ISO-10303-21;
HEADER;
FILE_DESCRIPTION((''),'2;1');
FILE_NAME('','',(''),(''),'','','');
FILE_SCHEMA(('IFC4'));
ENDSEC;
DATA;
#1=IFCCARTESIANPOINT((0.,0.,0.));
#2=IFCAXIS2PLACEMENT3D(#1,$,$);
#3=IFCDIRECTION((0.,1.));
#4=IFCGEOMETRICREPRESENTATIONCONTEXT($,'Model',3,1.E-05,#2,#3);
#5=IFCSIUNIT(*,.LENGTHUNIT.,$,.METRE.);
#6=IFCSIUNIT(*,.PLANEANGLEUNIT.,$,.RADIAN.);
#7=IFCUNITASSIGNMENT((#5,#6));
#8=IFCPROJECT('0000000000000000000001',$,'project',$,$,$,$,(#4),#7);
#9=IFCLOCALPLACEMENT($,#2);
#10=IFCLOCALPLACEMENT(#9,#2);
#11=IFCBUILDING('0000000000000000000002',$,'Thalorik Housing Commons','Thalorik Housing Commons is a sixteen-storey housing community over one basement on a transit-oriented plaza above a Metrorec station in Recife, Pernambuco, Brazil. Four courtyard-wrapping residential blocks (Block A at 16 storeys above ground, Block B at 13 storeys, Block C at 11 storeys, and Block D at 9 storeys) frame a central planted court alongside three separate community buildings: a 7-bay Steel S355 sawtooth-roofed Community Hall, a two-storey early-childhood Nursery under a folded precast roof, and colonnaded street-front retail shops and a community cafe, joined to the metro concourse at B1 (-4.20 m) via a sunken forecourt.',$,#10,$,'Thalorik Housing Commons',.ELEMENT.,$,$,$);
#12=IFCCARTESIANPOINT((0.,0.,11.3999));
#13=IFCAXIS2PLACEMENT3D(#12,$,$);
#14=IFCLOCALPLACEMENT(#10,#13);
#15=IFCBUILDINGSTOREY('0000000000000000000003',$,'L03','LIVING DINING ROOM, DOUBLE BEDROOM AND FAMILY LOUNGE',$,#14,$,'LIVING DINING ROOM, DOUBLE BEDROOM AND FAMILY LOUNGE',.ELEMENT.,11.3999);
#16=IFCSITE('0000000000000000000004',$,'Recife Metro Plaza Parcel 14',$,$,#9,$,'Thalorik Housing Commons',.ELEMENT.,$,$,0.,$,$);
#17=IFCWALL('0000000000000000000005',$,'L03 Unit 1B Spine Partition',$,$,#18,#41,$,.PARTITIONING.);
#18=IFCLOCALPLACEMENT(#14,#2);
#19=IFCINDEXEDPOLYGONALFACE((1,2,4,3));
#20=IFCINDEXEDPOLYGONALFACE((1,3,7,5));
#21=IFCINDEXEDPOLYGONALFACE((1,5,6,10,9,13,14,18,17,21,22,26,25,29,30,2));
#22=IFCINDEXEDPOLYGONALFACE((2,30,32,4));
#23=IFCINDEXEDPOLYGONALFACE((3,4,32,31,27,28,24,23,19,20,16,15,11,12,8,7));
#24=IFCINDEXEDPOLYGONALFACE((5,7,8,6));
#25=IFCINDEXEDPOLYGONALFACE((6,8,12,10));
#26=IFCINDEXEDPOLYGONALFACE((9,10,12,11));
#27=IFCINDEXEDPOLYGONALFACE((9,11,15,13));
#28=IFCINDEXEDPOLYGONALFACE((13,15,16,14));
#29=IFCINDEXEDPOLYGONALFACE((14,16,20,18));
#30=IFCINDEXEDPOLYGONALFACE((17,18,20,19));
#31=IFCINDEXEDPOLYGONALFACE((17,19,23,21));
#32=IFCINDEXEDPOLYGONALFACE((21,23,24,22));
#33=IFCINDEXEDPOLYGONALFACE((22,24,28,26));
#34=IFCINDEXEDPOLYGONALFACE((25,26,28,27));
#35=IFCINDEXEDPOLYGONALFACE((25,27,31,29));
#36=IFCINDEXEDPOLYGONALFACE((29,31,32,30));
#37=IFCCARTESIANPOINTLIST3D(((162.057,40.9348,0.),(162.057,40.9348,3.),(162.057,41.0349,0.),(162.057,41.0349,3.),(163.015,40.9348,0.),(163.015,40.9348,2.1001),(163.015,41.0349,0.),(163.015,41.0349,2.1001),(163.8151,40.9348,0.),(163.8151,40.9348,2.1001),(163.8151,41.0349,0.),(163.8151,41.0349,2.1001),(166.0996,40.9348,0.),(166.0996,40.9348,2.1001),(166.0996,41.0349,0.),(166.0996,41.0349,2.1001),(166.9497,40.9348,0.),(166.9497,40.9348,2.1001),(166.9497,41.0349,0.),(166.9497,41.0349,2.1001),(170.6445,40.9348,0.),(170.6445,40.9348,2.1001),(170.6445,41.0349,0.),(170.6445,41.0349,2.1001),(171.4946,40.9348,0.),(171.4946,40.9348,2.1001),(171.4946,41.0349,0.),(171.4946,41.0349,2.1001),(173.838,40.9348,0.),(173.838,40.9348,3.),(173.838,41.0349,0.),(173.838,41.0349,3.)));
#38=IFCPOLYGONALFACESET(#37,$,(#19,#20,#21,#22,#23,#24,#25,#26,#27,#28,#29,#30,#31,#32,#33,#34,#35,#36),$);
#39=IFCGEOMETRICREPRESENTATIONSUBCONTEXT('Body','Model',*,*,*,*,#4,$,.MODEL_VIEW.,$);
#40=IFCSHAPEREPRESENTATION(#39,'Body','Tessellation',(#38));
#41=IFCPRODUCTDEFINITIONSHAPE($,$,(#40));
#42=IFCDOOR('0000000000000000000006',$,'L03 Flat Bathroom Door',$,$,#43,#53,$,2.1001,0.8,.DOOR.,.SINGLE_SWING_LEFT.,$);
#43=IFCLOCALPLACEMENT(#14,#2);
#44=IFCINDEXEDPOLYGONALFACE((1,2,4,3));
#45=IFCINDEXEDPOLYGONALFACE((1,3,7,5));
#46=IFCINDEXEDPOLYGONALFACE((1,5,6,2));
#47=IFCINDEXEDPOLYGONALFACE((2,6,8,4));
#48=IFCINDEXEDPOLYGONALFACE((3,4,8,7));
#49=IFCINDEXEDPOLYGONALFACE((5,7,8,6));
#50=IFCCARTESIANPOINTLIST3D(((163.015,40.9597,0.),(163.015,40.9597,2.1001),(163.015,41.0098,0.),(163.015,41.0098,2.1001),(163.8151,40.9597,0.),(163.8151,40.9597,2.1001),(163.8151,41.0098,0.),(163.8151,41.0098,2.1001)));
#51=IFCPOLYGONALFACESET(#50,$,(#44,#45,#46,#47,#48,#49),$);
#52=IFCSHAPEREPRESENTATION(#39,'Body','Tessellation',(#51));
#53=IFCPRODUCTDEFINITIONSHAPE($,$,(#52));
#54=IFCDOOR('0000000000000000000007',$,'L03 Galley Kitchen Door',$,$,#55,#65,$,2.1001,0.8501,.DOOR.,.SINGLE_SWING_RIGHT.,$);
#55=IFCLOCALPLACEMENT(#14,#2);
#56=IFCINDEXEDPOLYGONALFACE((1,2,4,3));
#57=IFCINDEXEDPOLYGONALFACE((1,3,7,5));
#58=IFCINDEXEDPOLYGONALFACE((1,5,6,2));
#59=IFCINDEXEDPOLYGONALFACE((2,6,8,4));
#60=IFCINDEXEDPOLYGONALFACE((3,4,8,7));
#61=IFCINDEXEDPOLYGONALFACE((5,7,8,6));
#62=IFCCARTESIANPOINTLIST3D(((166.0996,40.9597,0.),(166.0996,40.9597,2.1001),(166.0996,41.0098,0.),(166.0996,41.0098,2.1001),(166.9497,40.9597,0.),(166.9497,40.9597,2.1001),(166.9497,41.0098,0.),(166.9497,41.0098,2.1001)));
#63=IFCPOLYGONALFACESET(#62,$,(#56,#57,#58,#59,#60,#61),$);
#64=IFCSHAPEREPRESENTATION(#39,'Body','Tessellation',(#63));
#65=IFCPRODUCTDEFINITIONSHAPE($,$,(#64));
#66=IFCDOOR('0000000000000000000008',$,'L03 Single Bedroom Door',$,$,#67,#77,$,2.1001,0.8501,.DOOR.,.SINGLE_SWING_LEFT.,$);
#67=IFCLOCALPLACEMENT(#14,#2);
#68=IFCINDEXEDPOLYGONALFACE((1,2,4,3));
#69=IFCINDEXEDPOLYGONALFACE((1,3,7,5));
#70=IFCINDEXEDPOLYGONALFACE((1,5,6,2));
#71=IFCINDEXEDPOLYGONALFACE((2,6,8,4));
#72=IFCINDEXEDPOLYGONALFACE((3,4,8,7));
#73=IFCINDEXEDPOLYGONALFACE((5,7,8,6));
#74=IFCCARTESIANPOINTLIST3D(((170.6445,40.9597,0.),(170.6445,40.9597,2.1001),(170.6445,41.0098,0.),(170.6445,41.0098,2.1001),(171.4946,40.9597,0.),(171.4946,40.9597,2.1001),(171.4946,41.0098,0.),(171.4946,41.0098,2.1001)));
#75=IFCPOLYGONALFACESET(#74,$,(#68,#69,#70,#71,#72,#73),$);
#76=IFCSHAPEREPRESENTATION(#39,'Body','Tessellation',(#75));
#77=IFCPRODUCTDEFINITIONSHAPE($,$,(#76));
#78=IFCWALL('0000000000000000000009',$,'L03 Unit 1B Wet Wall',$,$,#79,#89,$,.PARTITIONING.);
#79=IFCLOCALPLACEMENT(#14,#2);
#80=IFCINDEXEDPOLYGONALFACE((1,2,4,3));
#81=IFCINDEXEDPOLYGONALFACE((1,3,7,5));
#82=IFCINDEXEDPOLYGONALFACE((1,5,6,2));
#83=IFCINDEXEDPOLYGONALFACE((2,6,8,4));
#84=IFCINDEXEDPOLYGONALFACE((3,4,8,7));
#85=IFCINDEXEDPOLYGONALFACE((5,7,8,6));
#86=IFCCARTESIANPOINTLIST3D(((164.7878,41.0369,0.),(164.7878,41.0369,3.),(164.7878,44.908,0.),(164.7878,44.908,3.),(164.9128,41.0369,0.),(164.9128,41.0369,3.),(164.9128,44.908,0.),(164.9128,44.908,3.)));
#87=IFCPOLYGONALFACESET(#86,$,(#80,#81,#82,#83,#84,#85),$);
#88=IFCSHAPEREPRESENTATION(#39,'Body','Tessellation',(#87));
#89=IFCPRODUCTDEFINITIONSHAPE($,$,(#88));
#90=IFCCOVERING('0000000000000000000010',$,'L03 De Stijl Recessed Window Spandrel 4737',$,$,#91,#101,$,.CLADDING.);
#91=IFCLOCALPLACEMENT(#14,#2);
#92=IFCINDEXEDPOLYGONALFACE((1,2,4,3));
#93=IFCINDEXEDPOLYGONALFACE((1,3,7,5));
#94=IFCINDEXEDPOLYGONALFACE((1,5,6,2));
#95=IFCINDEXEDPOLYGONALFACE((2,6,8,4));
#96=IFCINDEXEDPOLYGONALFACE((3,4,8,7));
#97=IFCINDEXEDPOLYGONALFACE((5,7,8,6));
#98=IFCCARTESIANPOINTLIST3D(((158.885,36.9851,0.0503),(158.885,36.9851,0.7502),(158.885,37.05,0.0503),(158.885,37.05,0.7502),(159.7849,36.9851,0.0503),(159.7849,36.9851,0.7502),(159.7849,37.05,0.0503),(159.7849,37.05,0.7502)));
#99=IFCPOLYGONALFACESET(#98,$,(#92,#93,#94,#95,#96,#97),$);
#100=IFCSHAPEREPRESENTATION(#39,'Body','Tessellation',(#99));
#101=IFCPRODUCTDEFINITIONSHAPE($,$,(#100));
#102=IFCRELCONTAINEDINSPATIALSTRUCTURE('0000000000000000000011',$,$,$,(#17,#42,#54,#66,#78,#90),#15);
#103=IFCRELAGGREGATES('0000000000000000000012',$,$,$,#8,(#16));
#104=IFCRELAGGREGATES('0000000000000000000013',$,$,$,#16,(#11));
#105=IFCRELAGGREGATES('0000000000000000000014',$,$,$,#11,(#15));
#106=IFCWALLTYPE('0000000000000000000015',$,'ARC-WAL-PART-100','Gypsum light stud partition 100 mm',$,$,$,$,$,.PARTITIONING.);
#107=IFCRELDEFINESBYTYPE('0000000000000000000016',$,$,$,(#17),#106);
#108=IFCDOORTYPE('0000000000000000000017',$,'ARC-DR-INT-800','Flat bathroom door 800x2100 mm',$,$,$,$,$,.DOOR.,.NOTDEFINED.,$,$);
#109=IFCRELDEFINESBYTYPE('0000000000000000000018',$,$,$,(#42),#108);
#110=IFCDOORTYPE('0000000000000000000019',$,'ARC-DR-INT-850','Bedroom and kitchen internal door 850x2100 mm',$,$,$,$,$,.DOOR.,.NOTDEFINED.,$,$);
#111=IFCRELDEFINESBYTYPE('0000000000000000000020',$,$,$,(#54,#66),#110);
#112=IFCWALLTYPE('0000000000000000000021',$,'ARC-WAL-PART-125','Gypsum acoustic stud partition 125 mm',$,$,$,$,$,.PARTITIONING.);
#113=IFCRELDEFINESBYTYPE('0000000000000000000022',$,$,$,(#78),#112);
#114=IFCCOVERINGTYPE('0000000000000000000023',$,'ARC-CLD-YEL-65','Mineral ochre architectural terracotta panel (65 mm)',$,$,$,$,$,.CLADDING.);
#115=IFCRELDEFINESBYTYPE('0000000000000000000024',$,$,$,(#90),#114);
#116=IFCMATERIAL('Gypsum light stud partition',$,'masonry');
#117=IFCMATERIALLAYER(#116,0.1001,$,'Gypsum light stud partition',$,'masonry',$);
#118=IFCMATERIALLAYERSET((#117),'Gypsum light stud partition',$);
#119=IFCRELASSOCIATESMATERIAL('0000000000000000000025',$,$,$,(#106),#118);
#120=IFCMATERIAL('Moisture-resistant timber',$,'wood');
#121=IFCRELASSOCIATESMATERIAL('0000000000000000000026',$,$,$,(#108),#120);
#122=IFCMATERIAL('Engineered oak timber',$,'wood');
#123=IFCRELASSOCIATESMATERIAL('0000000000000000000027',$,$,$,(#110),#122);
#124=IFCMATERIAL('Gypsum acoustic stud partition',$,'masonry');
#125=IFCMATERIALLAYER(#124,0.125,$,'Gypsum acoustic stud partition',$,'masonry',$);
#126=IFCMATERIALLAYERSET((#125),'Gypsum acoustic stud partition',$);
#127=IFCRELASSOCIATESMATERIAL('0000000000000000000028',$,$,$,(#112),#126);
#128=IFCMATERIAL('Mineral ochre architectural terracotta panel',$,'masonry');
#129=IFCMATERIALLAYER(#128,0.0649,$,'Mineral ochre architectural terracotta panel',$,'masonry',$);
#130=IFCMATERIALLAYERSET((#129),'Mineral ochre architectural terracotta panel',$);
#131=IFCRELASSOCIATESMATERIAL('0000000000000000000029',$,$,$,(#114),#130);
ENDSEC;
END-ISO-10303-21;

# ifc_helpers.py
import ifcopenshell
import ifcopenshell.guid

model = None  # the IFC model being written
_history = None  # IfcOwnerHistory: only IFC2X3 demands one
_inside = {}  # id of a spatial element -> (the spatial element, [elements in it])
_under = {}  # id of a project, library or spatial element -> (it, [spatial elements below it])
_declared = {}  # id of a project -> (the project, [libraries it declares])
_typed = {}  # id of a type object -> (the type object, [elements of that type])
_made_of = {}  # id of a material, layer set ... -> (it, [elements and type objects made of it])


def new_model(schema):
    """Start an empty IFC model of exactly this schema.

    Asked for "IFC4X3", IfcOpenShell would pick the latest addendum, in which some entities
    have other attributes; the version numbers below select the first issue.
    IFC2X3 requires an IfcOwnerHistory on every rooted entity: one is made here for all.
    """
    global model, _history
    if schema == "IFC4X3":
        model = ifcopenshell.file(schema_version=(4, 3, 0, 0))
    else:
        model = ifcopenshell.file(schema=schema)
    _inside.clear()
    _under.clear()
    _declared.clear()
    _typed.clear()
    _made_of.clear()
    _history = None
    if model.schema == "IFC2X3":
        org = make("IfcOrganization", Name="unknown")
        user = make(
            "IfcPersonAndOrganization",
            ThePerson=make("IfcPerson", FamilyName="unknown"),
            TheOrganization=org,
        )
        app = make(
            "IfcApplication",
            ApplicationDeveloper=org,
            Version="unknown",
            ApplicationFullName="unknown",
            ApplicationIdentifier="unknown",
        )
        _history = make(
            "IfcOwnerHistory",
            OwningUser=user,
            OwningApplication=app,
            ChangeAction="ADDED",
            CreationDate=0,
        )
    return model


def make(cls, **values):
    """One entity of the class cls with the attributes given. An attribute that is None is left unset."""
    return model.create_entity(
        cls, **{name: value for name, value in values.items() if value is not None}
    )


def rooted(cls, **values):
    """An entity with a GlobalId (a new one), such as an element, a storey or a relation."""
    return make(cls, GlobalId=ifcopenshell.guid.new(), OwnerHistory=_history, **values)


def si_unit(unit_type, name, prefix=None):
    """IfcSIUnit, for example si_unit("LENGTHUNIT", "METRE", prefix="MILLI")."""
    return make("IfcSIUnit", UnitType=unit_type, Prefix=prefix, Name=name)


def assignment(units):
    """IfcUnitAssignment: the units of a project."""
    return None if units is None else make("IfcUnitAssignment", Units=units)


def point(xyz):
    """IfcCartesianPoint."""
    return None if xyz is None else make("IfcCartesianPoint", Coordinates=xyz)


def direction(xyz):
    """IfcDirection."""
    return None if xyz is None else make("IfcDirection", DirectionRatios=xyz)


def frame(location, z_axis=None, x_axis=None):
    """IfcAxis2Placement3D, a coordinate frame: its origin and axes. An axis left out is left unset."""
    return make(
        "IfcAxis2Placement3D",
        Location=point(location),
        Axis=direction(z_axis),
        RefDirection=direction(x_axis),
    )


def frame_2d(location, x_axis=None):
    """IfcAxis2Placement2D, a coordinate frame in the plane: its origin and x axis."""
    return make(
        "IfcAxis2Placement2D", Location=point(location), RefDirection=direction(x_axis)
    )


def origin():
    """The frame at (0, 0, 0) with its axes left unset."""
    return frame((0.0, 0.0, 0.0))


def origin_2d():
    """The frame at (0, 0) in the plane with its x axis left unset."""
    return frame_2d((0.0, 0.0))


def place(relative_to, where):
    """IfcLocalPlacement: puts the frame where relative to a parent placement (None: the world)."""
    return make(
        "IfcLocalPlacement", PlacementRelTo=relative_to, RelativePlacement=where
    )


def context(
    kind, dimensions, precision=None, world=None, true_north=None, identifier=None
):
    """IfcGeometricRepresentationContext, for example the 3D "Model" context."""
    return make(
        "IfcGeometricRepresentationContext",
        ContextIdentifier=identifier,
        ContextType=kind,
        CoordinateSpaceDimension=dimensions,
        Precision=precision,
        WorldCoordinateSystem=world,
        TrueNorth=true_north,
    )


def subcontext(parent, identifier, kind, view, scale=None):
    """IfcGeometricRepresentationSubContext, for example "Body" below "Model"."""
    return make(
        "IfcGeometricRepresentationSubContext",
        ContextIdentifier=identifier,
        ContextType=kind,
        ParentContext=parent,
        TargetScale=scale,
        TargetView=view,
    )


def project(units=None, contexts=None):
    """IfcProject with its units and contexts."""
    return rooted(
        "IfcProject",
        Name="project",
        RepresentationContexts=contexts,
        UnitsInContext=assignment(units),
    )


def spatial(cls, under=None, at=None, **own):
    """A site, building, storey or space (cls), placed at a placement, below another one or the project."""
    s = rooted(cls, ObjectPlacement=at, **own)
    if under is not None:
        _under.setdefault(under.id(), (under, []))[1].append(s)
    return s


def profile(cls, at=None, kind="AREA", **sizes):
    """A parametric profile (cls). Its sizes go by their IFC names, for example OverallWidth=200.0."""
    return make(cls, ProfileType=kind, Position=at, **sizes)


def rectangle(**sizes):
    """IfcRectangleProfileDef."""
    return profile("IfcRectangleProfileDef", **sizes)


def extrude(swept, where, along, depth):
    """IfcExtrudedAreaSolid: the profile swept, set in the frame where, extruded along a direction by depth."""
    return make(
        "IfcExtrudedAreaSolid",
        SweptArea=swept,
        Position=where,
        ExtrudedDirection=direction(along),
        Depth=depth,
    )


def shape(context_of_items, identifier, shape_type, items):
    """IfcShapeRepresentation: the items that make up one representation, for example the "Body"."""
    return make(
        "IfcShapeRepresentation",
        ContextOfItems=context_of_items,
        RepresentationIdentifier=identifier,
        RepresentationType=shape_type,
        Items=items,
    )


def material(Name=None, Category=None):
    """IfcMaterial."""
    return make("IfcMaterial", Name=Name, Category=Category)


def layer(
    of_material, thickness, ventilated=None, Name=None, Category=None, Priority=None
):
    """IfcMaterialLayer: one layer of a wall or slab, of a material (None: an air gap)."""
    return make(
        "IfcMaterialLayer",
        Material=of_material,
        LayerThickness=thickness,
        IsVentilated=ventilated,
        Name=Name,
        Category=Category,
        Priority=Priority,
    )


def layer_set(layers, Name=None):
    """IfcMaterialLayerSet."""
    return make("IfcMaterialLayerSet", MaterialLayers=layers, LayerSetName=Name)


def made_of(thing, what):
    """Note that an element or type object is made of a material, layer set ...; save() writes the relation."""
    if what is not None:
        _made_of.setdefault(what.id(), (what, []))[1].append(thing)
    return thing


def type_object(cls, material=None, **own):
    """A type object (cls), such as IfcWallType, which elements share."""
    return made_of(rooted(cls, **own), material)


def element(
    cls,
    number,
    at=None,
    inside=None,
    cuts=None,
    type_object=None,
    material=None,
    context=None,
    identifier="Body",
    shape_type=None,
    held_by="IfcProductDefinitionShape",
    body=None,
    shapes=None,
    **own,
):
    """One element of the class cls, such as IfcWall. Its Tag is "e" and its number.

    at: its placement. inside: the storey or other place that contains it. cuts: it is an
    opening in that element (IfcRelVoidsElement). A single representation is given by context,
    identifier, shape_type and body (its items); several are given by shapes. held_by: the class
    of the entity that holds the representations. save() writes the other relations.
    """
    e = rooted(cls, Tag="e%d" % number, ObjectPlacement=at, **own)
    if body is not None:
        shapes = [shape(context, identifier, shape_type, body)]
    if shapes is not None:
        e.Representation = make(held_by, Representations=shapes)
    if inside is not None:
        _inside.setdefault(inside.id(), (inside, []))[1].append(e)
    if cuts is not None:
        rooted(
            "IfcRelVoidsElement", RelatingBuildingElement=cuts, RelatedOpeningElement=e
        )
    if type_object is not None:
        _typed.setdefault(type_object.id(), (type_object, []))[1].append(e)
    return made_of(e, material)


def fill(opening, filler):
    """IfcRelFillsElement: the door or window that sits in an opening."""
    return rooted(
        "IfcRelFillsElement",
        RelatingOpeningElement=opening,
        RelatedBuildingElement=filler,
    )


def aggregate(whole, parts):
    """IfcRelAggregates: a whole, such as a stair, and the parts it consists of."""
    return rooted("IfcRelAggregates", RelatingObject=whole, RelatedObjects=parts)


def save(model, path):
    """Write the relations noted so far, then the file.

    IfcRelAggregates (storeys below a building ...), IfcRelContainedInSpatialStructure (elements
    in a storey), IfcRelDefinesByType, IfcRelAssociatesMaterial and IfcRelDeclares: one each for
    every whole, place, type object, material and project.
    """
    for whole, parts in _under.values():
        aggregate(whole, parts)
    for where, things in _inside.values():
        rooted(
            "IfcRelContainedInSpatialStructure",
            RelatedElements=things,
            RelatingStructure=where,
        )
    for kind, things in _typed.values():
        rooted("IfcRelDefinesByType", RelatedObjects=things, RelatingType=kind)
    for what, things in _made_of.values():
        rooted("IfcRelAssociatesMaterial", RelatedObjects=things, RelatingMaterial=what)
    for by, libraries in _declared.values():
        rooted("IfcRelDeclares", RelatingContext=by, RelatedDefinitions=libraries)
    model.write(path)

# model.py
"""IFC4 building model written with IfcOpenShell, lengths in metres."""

from ifc_helpers import new_model, si_unit, direction, frame, frame_2d, origin, origin_2d, place, context, subcontext, project, spatial, rectangle, extrude, material, layer, layer_set, type_object, element, fill, save


model = new_model("IFC4")

# Units and contexts
model_context = context("Model", 3, precision=1e-05, world=origin(), true_north=direction((0.0, 1.0)))
body_context = subcontext(model_context, "Body", "Model", "MODEL_VIEW")
ifc_project = project(units=[si_unit("LENGTHUNIT", "METRE"), si_unit("PLANEANGLEUNIT", "RADIAN")], contexts=[model_context])

# Site, building, storey
site_placement = place(None, origin())
site = spatial("IfcSite", under=ifc_project, at=site_placement, Name="Recife Metro Plaza Parcel 14", LongName="Thalorik Housing Commons", CompositionType="ELEMENT", RefElevation=0.0)
building_placement = place(site_placement, origin())
building = spatial("IfcBuilding", under=site, at=building_placement, Name="Thalorik Housing Commons", Description="Thalorik Housing Commons is a sixteen-storey housing community over one basement on a transit-oriented plaza above a Metrorec station in Recife, Pernambuco, Brazil. Four courtyard-wrapping residential blocks (Block A at 16 storeys above ground, Block B at 13 storeys, Block C at 11 storeys, and Block D at 9 storeys) frame a central planted court alongside three separate community buildings: a 7-bay Steel S355 sawtooth-roofed Community Hall, a two-storey early-childhood Nursery under a folded precast roof, and colonnaded street-front retail shops and a community cafe, joined to the metro concourse at B1 (-4.20 m) via a sunken forecourt.", LongName="Thalorik Housing Commons", CompositionType="ELEMENT")
storey_placement = place(building_placement, frame((0.0, 0.0, 11.3999)))
storey = spatial("IfcBuildingStorey", under=building, at=storey_placement, Name="L03", Description="LIVING DINING ROOM, DOUBLE BEDROOM AND FAMILY LOUNGE", LongName="LIVING DINING ROOM, DOUBLE BEDROOM AND FAMILY LOUNGE", CompositionType="ELEMENT", Elevation=11.3999)

# Wall, openings, doors
ifc_material_1 = material(Name="Gypsum light stud partition", Category="masonry")
ifc_layer_1 = layer(ifc_material_1, 0.1001, Name="Gypsum light stud partition", Category="masonry")
ifc_layer_set_1 = layer_set([ifc_layer_1], Name="Gypsum light stud partition")
wall_type_1 = type_object("IfcWallType", Name="ARC-WAL-PART-100", Description="Gypsum light stud partition 100 mm", PredefinedType="PARTITIONING", material=ifc_layer_set_1)
wall_1_placement = place(storey_placement, frame((162.0569, 40.9849, 0.0), z_axis=(0.0, 0.0, 1.0), x_axis=(1.0, 0.0, 0.0)))
wall_1 = element("IfcWall", 1, at=wall_1_placement, inside=storey, type_object=wall_type_1, Name="L03 Unit 1B Spine Partition", PredefinedType="PARTITIONING", context=body_context, shape_type="SweptSolid", body=[
    extrude(rectangle(XDim=11.781, YDim=0.1001, at=frame_2d((5.8906, 0.0))), origin(), (0.0, 0.0, 1.0), 3.0),
])
opening_1_placement = place(wall_1_placement, frame((0.9583, 0.0, 0.0)))
opening_1 = element("IfcOpeningElement", 2, at=opening_1_placement, cuts=wall_1, PredefinedType="OPENING", context=body_context, shape_type="SweptSolid", body=[
    extrude(rectangle(XDim=0.8, YDim=2.1001, at=frame_2d((0.3999, 1.05))), frame((0.0, 0.0601, 0.0), z_axis=(0.0, -1.0, 0.0), x_axis=(1.0, 0.0, 0.0)), (0.0, 0.0, 1.0), 0.1201),
])
opening_2_placement = place(wall_1_placement, frame((4.0427, 0.0, 0.0)))
opening_2 = element("IfcOpeningElement", 3, at=opening_2_placement, cuts=wall_1, PredefinedType="OPENING", context=body_context, shape_type="SweptSolid", body=[
    extrude(rectangle(XDim=0.8501, YDim=2.1001, at=frame_2d((0.425, 1.05))), frame((0.0, 0.0601, 0.0), z_axis=(0.0, -1.0, 0.0), x_axis=(1.0, 0.0, 0.0)), (0.0, 0.0, 1.0), 0.1201),
])
opening_3_placement = place(wall_1_placement, frame((8.5876, 0.0, 0.0)))
opening_3 = element("IfcOpeningElement", 4, at=opening_3_placement, cuts=wall_1, PredefinedType="OPENING", context=body_context, shape_type="SweptSolid", body=[
    extrude(rectangle(XDim=0.8501, YDim=2.1001, at=frame_2d((0.425, 1.05))), frame((0.0, 0.0601, 0.0), z_axis=(0.0, -1.0, 0.0), x_axis=(1.0, 0.0, 0.0)), (0.0, 0.0, 1.0), 0.1201),
])
ifc_material_2 = material(Name="Moisture-resistant timber", Category="wood")
door_type_1 = type_object("IfcDoorType", Name="ARC-DR-INT-800", Description="Flat bathroom door 800x2100 mm", OperationType="NOTDEFINED", PredefinedType="DOOR", material=ifc_material_2)
door_1_placement = place(opening_1_placement, origin())
door_1 = element("IfcDoor", 5, at=door_1_placement, inside=storey, type_object=door_type_1, Name="L03 Flat Bathroom Door", OperationType="SINGLE_SWING_LEFT", OverallHeight=2.1001, OverallWidth=0.8, PredefinedType="DOOR", context=body_context, shape_type="SweptSolid", body=[
    extrude(rectangle(XDim=0.8, YDim=2.1001, at=frame_2d((0.3999, 1.05))), frame((0.0, 0.0249, 0.0), z_axis=(0.0, -1.0, 0.0), x_axis=(1.0, 0.0, 0.0)), (0.0, 0.0, 1.0), 0.05),
])
fill(opening_1, door_1)
ifc_material_3 = material(Name="Engineered oak timber", Category="wood")
door_type_2 = type_object("IfcDoorType", Name="ARC-DR-INT-850", Description="Bedroom and kitchen internal door 850x2100 mm", OperationType="NOTDEFINED", PredefinedType="DOOR", material=ifc_material_3)
door_2_placement = place(opening_2_placement, origin())
door_2 = element("IfcDoor", 6, at=door_2_placement, inside=storey, type_object=door_type_2, Name="L03 Galley Kitchen Door", OperationType="SINGLE_SWING_RIGHT", OverallHeight=2.1001, OverallWidth=0.8501, PredefinedType="DOOR", context=body_context, shape_type="SweptSolid", body=[
    extrude(rectangle(XDim=0.8501, YDim=2.1001, at=frame_2d((0.425, 1.05))), frame((0.0, 0.0249, 0.0), z_axis=(0.0, -1.0, 0.0), x_axis=(1.0, 0.0, 0.0)), (0.0, 0.0, 1.0), 0.05),
])
fill(opening_2, door_2)
door_3_placement = place(opening_3_placement, origin())
door_3 = element("IfcDoor", 7, at=door_3_placement, inside=storey, type_object=door_type_2, Name="L03 Single Bedroom Door", OperationType="SINGLE_SWING_LEFT", OverallHeight=2.1001, OverallWidth=0.8501, PredefinedType="DOOR", context=body_context, shape_type="SweptSolid", body=[
    extrude(rectangle(XDim=0.8501, YDim=2.1001, at=frame_2d((0.425, 1.05))), frame((0.0, 0.0249, 0.0), z_axis=(0.0, -1.0, 0.0), x_axis=(1.0, 0.0, 0.0)), (0.0, 0.0, 1.0), 0.05),
])
fill(opening_3, door_3)

# Wall
ifc_material_4 = material(Name="Gypsum acoustic stud partition", Category="masonry")
ifc_layer_2 = layer(ifc_material_4, 0.125, Name="Gypsum acoustic stud partition", Category="masonry")
ifc_layer_set_2 = layer_set([ifc_layer_2], Name="Gypsum acoustic stud partition")
wall_type_2 = type_object("IfcWallType", Name="ARC-WAL-PART-125", Description="Gypsum acoustic stud partition 125 mm", PredefinedType="PARTITIONING", material=ifc_layer_set_2)
wall_2_placement = place(storey_placement, frame((164.8503, 41.0369, 0.0), z_axis=(0.0, 0.0, 1.0), x_axis=(0.0, 1.0, 0.0)))
element("IfcWall", 8, at=wall_2_placement, inside=storey, type_object=wall_type_2, Name="L03 Unit 1B Wet Wall", PredefinedType="PARTITIONING", context=body_context, shape_type="SweptSolid", body=[
    extrude(rectangle(XDim=3.8711, YDim=0.125, at=frame_2d((1.9355, 0.0))), origin(), (0.0, 0.0, 1.0), 3.0),
])

# Covering
ifc_material_5 = material(Name="Mineral ochre architectural terracotta panel", Category="masonry")
ifc_layer_3 = layer(ifc_material_5, 0.0649, Name="Mineral ochre architectural terracotta panel", Category="masonry")
ifc_layer_set_3 = layer_set([ifc_layer_3], Name="Mineral ochre architectural terracotta panel")
covering_type_1 = type_object("IfcCoveringType", Name="ARC-CLD-YEL-65", Description="Mineral ochre architectural terracotta panel (65 mm)", PredefinedType="CLADDING", material=ifc_layer_set_3)
covering_1_placement = place(storey_placement, frame((159.335, 37.0176, 0.0503), z_axis=(0.0, 0.0, 1.0), x_axis=(1.0, 0.0, 0.0)))
element("IfcCovering", 9, at=covering_1_placement, inside=storey, type_object=covering_type_1, Name="L03 De Stijl Recessed Window Spandrel 4737", PredefinedType="CLADDING", context=body_context, shape_type="SweptSolid", body=[
    extrude(rectangle(XDim=0.8999, YDim=0.0649, at=origin_2d()), origin(), (0.0, 0.0, 1.0), 0.7),
])

save(model, "model.ifc")
